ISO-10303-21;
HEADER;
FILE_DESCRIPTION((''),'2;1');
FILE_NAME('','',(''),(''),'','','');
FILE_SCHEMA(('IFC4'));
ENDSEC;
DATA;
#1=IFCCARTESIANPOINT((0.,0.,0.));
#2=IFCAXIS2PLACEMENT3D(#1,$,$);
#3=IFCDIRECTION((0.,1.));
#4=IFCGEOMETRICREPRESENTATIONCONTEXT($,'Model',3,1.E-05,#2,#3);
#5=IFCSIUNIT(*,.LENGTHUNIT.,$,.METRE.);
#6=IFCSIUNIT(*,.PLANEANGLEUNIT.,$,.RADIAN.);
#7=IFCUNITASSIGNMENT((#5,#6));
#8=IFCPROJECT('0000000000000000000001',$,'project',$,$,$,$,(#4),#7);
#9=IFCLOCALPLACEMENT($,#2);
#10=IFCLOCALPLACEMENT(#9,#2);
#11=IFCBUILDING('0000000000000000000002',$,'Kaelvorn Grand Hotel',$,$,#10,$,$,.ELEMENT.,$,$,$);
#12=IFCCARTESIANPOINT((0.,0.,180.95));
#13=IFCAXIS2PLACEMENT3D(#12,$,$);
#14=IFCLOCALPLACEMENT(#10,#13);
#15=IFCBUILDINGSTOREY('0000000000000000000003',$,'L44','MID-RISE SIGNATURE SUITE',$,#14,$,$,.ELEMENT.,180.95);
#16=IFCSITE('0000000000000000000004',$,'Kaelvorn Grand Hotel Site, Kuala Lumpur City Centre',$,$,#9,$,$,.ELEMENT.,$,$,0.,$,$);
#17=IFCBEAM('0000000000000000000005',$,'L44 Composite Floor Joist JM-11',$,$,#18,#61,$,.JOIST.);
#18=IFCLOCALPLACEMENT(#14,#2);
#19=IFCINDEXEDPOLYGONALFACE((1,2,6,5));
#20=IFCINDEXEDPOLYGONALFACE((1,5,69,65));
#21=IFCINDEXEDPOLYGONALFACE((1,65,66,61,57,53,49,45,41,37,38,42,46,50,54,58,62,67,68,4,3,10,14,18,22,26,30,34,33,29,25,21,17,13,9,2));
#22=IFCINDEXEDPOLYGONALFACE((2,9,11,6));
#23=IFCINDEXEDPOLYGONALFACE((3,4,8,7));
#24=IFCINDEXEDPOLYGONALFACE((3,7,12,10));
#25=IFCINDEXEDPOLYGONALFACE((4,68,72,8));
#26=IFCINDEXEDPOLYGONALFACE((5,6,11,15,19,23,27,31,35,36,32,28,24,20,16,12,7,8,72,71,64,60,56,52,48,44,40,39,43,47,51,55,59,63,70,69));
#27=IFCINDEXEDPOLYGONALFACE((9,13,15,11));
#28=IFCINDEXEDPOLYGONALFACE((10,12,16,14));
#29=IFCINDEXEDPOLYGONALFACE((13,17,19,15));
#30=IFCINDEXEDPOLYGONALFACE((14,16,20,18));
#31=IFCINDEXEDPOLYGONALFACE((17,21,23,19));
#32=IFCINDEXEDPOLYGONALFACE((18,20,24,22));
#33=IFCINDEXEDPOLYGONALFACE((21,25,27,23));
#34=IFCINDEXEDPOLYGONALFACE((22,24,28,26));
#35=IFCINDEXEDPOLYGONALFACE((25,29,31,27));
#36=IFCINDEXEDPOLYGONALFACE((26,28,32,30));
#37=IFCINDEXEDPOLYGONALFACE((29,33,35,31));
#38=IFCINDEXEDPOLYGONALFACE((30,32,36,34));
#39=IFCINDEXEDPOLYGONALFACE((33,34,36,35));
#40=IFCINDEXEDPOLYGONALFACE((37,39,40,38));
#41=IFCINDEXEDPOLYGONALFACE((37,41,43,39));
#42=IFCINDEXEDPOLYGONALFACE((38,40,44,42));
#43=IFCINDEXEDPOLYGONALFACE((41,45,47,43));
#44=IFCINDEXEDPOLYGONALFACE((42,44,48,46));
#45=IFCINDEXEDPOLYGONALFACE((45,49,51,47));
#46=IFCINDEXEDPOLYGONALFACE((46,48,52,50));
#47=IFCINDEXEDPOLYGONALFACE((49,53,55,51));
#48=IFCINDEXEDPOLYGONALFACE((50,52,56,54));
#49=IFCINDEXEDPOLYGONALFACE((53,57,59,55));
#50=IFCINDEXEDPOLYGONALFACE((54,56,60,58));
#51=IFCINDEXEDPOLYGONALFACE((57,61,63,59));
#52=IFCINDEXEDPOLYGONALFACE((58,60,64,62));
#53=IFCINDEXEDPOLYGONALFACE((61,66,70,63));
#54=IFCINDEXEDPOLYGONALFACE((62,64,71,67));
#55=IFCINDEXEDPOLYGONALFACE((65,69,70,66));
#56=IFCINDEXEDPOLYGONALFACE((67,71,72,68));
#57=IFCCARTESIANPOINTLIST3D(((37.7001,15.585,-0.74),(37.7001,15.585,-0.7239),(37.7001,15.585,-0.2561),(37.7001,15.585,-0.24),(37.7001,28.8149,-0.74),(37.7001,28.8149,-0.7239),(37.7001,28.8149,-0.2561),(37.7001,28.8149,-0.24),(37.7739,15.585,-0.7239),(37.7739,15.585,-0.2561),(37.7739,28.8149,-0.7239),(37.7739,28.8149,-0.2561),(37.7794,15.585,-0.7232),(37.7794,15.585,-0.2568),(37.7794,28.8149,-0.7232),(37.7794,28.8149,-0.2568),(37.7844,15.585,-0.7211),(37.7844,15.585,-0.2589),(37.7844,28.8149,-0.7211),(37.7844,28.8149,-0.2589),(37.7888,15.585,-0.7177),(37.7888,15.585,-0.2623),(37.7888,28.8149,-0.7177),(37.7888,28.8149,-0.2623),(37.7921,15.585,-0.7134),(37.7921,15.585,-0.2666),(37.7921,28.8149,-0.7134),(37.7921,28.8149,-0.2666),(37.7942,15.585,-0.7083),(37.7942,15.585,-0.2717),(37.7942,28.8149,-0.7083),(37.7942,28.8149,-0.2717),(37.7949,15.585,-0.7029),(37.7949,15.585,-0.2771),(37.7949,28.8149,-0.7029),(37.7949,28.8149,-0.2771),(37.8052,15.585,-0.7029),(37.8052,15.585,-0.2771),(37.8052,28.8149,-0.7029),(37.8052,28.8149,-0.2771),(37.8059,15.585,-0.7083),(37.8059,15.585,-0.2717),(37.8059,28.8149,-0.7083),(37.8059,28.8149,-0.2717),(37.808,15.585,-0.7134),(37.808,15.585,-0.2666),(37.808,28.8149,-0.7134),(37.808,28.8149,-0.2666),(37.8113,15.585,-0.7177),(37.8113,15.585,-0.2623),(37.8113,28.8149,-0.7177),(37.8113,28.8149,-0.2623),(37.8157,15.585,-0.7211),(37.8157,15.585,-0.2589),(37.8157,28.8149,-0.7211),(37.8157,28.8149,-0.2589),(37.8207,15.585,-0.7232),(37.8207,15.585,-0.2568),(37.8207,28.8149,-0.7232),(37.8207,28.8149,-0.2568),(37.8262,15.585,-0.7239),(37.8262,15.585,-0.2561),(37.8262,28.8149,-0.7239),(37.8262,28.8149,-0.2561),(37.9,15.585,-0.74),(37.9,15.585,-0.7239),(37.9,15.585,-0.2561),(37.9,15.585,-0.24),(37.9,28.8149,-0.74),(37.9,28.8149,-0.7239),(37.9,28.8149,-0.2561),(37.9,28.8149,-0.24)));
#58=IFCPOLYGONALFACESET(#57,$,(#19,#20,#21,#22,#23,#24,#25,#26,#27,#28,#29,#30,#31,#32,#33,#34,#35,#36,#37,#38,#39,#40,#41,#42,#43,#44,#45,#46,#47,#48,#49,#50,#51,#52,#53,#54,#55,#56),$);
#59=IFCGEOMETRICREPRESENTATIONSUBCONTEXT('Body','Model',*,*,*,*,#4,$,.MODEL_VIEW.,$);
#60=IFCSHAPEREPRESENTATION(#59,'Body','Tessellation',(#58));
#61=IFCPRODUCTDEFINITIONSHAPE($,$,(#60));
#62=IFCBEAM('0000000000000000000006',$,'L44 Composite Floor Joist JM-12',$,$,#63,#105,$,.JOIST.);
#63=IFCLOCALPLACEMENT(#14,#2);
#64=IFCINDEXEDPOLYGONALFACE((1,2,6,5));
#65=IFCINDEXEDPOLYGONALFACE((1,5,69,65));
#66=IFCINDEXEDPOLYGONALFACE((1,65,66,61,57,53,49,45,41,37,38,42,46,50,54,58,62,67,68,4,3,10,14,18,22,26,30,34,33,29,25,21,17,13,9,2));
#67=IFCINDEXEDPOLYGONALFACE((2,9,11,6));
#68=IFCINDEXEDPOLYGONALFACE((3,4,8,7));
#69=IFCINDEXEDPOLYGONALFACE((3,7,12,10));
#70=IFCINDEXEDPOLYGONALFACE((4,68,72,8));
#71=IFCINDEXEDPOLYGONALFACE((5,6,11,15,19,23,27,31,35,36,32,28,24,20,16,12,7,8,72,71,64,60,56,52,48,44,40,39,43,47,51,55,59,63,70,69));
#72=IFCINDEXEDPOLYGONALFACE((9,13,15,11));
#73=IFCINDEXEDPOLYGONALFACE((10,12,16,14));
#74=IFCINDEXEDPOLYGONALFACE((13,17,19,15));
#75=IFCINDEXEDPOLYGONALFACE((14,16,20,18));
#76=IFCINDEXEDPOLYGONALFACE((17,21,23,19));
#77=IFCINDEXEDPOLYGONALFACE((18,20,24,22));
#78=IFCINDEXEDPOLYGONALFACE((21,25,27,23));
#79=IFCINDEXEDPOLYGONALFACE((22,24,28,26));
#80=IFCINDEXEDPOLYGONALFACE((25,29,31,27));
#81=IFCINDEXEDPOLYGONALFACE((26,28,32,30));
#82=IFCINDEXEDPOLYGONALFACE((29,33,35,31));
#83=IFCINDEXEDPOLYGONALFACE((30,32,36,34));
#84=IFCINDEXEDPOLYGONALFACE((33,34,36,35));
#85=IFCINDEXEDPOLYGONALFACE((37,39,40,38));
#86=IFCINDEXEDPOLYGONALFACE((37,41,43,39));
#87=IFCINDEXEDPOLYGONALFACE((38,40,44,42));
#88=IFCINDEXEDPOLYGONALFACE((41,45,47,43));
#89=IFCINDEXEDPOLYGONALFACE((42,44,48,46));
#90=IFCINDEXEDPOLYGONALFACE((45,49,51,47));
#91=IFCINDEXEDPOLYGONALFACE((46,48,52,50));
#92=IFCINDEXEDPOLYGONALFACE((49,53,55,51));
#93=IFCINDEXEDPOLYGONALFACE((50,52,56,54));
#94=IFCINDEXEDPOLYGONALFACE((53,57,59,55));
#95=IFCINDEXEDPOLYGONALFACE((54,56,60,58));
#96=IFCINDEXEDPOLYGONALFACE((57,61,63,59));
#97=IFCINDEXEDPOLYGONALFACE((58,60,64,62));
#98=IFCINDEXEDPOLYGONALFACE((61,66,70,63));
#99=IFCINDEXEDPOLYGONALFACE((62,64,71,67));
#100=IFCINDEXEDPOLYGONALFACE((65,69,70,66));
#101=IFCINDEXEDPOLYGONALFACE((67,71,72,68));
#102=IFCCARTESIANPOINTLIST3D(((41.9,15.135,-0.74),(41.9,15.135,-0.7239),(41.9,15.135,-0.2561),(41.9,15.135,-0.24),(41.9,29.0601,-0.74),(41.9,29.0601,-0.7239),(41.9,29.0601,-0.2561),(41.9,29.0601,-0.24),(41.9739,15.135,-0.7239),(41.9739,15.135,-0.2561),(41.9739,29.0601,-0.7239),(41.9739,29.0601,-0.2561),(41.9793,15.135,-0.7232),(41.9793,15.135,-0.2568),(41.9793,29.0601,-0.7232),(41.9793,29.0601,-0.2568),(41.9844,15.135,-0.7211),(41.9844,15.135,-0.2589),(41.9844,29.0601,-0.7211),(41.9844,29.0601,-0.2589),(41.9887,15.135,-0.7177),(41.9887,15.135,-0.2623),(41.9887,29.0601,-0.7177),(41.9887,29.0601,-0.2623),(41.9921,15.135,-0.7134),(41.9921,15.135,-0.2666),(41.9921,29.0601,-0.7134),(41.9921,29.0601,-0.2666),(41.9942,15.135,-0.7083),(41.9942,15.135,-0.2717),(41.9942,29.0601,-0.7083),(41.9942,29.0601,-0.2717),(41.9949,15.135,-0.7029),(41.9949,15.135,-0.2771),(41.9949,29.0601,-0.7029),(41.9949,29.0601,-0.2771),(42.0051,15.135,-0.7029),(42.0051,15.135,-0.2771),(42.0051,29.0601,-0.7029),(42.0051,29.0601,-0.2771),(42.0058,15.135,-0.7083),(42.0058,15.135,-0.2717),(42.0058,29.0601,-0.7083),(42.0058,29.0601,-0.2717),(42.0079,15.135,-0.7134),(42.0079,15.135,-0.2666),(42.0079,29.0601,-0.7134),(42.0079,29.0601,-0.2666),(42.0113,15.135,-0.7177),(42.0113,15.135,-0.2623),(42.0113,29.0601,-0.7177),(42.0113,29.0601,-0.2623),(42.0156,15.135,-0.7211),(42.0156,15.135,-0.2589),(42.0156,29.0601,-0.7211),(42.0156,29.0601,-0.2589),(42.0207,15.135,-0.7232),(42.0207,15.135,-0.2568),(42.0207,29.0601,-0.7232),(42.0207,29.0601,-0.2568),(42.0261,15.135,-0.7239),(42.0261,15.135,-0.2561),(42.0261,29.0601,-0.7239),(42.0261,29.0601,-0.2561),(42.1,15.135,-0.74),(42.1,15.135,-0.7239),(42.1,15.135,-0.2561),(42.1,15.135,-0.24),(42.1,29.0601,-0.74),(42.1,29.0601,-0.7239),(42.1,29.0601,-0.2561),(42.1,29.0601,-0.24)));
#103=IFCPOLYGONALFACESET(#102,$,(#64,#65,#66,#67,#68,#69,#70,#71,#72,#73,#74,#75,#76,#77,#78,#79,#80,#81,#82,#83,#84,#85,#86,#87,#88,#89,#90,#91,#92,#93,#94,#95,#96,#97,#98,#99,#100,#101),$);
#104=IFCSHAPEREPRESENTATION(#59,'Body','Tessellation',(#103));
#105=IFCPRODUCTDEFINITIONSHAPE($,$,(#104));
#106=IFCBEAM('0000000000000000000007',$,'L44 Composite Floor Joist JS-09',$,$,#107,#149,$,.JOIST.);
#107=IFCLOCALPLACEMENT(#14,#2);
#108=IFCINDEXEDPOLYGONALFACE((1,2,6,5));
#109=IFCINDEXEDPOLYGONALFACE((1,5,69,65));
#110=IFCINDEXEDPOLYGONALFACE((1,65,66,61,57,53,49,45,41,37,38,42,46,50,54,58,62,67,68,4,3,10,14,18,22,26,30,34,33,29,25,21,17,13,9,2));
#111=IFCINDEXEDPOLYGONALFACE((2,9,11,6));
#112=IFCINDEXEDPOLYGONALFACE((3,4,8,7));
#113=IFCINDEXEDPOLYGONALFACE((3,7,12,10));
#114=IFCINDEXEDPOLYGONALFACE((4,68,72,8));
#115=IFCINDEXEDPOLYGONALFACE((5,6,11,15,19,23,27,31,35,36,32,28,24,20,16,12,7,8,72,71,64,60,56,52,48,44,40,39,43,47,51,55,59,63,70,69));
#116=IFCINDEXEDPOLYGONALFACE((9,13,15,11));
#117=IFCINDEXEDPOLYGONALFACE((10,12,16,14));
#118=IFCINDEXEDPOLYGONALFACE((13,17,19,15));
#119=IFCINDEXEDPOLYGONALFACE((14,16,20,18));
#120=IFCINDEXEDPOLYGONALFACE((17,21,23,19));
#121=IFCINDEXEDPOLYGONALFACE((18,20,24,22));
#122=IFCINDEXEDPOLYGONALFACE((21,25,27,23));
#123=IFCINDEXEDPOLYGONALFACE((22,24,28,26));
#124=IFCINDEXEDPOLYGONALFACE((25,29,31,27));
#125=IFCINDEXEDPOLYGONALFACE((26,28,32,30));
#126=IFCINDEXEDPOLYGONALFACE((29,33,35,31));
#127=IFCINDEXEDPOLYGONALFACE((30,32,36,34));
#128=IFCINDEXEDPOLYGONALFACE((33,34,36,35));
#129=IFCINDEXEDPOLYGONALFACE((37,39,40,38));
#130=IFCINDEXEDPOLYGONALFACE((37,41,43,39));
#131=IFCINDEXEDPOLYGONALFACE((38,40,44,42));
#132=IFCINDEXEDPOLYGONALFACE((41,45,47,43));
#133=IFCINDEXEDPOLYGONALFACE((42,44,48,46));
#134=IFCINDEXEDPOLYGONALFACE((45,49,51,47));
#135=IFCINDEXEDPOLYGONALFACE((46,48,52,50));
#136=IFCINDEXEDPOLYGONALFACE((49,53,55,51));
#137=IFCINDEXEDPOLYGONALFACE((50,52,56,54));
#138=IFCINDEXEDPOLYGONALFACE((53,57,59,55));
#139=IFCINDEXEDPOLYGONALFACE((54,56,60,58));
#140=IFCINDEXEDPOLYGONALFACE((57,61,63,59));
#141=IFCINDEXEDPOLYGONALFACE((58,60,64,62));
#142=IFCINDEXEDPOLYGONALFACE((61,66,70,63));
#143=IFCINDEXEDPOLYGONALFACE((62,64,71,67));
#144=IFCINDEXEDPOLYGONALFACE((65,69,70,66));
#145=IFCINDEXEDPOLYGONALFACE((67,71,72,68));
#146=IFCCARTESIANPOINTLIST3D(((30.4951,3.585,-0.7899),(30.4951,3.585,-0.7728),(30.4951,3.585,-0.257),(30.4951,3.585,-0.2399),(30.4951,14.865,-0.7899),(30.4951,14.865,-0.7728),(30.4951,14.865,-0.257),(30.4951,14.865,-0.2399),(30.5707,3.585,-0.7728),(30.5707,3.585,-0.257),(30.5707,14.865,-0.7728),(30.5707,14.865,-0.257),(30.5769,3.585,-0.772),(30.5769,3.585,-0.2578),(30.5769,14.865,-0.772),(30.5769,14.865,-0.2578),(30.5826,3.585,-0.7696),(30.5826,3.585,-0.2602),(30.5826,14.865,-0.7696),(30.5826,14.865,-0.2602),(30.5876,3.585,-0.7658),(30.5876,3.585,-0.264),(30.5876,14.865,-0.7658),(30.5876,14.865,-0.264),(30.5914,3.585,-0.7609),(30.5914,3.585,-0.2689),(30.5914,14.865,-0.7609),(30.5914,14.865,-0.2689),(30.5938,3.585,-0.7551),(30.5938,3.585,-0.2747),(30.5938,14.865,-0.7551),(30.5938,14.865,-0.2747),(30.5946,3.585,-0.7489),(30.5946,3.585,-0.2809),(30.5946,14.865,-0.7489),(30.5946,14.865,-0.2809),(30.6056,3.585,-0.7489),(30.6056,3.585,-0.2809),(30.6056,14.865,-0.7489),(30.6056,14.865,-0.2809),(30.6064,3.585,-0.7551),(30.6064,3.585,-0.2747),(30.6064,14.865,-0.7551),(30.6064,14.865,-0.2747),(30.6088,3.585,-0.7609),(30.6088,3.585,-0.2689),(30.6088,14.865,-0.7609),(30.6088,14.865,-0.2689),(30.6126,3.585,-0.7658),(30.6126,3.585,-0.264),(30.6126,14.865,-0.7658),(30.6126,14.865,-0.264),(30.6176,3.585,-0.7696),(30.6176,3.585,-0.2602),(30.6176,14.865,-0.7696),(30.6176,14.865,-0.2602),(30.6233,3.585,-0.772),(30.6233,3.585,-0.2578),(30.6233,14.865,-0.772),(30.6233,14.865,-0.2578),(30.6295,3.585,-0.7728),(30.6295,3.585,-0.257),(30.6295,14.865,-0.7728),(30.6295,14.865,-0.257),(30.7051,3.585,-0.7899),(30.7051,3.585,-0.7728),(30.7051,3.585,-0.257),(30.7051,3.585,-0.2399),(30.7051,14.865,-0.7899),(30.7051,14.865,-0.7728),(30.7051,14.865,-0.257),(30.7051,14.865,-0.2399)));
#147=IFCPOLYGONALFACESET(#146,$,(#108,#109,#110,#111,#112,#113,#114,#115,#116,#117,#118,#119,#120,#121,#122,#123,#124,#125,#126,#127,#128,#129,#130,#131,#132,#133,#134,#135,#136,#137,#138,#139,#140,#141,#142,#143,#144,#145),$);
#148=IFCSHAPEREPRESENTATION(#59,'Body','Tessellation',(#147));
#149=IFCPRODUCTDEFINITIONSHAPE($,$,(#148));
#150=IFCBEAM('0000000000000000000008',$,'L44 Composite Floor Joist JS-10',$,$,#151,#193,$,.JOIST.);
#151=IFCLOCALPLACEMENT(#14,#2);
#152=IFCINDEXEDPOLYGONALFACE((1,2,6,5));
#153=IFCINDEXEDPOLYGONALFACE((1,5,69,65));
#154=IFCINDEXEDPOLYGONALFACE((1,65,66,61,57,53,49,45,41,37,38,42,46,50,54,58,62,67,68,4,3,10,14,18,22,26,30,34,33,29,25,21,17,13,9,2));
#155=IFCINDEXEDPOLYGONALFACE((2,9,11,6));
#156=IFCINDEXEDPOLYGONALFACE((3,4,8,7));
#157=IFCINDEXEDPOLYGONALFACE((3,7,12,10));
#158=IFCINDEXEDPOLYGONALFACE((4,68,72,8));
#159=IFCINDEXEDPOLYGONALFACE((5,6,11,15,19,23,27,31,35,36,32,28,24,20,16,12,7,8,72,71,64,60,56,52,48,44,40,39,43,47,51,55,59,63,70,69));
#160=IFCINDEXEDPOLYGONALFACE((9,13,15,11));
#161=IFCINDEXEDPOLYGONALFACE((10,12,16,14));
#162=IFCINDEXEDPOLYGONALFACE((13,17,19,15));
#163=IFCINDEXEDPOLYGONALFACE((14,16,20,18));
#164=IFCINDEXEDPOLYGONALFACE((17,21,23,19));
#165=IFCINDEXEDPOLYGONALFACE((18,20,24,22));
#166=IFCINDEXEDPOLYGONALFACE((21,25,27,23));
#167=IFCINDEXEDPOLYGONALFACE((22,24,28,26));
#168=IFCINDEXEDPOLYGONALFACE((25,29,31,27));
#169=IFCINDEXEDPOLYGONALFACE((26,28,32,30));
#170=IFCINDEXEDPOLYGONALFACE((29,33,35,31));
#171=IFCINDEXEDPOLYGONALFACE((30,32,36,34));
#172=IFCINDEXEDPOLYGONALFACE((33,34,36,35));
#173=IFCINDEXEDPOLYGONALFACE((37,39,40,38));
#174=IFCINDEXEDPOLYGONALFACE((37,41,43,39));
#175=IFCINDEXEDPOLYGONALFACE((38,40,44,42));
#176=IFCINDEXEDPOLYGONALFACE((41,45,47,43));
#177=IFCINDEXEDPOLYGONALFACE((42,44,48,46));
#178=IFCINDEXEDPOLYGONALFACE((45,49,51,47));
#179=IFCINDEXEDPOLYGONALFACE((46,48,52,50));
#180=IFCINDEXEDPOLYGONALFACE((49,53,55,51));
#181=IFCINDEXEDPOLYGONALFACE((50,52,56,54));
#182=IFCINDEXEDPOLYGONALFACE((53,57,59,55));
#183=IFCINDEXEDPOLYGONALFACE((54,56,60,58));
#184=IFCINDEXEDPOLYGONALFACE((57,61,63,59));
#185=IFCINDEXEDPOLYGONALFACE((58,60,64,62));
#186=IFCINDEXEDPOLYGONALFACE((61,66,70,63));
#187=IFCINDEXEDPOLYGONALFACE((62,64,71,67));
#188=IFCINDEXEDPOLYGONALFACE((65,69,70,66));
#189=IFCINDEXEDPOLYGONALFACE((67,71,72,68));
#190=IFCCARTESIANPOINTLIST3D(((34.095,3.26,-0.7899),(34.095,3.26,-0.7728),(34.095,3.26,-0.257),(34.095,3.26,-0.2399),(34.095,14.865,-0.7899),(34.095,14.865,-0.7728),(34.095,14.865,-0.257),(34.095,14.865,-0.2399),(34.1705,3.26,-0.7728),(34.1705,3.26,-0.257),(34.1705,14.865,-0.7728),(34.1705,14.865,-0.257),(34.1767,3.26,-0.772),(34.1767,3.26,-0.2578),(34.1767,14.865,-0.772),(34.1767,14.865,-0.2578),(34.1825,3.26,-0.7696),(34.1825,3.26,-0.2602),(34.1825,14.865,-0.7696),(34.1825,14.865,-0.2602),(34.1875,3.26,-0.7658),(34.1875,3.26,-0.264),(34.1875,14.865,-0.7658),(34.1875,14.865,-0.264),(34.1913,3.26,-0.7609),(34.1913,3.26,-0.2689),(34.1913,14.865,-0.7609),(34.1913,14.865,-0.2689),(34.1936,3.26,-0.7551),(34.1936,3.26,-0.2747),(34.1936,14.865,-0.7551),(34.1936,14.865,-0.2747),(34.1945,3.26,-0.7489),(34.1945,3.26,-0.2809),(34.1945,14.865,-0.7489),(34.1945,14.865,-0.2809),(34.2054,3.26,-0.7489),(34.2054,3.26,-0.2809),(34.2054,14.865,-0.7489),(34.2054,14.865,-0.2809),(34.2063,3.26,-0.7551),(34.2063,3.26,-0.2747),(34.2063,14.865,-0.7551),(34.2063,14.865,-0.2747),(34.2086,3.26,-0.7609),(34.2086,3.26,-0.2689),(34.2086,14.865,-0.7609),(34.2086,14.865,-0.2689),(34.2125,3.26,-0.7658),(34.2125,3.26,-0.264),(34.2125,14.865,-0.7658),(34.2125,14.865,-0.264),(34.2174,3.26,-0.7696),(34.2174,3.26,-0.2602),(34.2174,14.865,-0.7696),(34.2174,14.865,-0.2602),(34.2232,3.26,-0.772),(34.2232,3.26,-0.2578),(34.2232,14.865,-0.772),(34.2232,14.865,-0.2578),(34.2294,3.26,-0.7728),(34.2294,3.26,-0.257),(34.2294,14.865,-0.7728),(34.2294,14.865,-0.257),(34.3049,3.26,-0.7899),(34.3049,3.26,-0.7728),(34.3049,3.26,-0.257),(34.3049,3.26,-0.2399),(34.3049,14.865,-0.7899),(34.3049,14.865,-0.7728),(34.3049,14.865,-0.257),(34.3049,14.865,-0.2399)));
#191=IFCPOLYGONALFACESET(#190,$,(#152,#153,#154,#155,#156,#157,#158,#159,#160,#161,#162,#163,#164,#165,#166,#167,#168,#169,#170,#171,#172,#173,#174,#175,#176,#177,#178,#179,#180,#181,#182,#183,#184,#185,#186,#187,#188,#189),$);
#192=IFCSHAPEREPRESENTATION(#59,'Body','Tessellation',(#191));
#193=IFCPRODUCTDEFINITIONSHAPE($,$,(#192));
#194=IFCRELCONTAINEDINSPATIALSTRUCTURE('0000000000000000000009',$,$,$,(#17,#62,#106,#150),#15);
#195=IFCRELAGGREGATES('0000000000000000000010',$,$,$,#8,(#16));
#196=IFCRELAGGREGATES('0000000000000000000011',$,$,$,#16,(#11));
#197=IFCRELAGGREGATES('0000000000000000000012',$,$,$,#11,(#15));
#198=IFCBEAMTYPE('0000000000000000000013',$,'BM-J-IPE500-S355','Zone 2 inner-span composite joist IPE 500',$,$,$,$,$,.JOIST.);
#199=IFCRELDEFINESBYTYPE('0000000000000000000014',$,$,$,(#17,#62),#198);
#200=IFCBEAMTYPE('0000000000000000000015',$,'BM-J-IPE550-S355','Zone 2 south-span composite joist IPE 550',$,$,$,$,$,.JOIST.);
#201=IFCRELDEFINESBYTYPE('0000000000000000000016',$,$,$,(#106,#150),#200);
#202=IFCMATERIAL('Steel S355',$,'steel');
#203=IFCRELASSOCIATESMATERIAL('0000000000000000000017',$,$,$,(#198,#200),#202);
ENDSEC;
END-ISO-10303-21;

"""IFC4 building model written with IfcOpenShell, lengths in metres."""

from ifc_helpers import new_model, si_unit, direction, frame, origin, origin_2d, place, context, subcontext, project, spatial, i_section, extrude, material, material_profile, profile_set, type_object, element, save


model = new_model("IFC4")

# Units and contexts
model_context = context("Model", 3, precision=1e-05, world=origin(), true_north=direction((0.0, 1.0)))
body_context = subcontext(model_context, "Body", "Model", "MODEL_VIEW")
ifc_project = project(units=[si_unit("LENGTHUNIT", "METRE"), si_unit("PLANEANGLEUNIT", "RADIAN")], contexts=[model_context])

# Site, building, storey
site_placement = place(None, origin())
site = spatial("IfcSite", under=ifc_project, at=site_placement, Name="Kaelvorn Grand Hotel Site, Kuala Lumpur City Centre", CompositionType="ELEMENT", RefElevation=0.0)
building_placement = place(site_placement, origin())
building = spatial("IfcBuilding", under=site, at=building_placement, Name="Kaelvorn Grand Hotel", CompositionType="ELEMENT")
storey_placement = place(building_placement, frame((0.0, 0.0, 180.95)))
storey = spatial("IfcBuildingStorey", under=building, at=storey_placement, Name="L44", Description="MID-RISE SIGNATURE SUITE", CompositionType="ELEMENT", Elevation=180.95)

# Beams
ifc_material_1 = material(Name="Steel S355", Category="steel")
ifc_material_profile_1 = material_profile(ifc_material_1, i_section(OverallWidth=0.2, OverallDepth=0.5, WebThickness=0.0103, FlangeThickness=0.0161, FilletRadius=0.021, at=origin_2d()), Name="IPE 500")
ifc_profile_set_1 = profile_set([ifc_material_profile_1], Name="Steel S355")
beam_type_1 = type_object("IfcBeamType", Name="BM-J-IPE500-S355", Description="Zone 2 inner-span composite joist IPE 500", PredefinedType="JOIST", material=ifc_profile_set_1)
beam_1_placement = place(storey_placement, frame((37.8, 15.585, -0.49), z_axis=(0.0, 1.0, 0.0), x_axis=(-1.0, 0.0, 0.0)))
element("IfcBeam", 1, at=beam_1_placement, inside=storey, type_object=beam_type_1, Name="L44 Composite Floor Joist JM-11", PredefinedType="JOIST", context=body_context, shape_type="SweptSolid", body=[
    extrude(i_section(OverallWidth=0.2, OverallDepth=0.5, WebThickness=0.0103, FlangeThickness=0.0161, FilletRadius=0.021, at=origin_2d()), origin(), (0.0, 0.0, 1.0), 13.23),
])
beam_2_placement = place(storey_placement, frame((42.0, 15.135, -0.49), z_axis=(0.0, 1.0, 0.0), x_axis=(-1.0, 0.0, 0.0)))
element("IfcBeam", 2, at=beam_2_placement, inside=storey, type_object=beam_type_1, Name="L44 Composite Floor Joist JM-12", PredefinedType="JOIST", context=body_context, shape_type="SweptSolid", body=[
    extrude(i_section(OverallWidth=0.2, OverallDepth=0.5, WebThickness=0.0103, FlangeThickness=0.0161, FilletRadius=0.021, at=origin_2d()), origin(), (0.0, 0.0, 1.0), 13.925),
])
ifc_material_profile_2 = material_profile(ifc_material_1, i_section(OverallWidth=0.21, OverallDepth=0.55, WebThickness=0.011, FlangeThickness=0.0171, FilletRadius=0.0239, at=origin_2d()), Name="IPE 550")
ifc_profile_set_2 = profile_set([ifc_material_profile_2], Name="Steel S355")
beam_type_2 = type_object("IfcBeamType", Name="BM-J-IPE550-S355", Description="Zone 2 south-span composite joist IPE 550", PredefinedType="JOIST", material=ifc_profile_set_2)
beam_3_placement = place(storey_placement, frame((30.6001, 3.585, -0.5149), z_axis=(0.0, 1.0, 0.0), x_axis=(-1.0, 0.0, 0.0)))
element("IfcBeam", 3, at=beam_3_placement, inside=storey, type_object=beam_type_2, Name="L44 Composite Floor Joist JS-09", PredefinedType="JOIST", context=body_context, shape_type="SweptSolid", body=[
    extrude(i_section(OverallWidth=0.21, OverallDepth=0.55, WebThickness=0.011, FlangeThickness=0.0171, FilletRadius=0.0239, at=origin_2d()), origin(), (0.0, 0.0, 1.0), 11.28),
])
beam_4_placement = place(storey_placement, frame((34.2, 3.26, -0.5149), z_axis=(0.0, 1.0, 0.0), x_axis=(-1.0, 0.0, 0.0)))
element("IfcBeam", 4, at=beam_4_placement, inside=storey, type_object=beam_type_2, Name="L44 Composite Floor Joist JS-10", PredefinedType="JOIST", context=body_context, shape_type="SweptSolid", body=[
    extrude(i_section(OverallWidth=0.21, OverallDepth=0.55, WebThickness=0.011, FlangeThickness=0.0171, FilletRadius=0.0239, at=origin_2d()), origin(), (0.0, 0.0, 1.0), 11.605),
])

save(model, "model.ifc")
